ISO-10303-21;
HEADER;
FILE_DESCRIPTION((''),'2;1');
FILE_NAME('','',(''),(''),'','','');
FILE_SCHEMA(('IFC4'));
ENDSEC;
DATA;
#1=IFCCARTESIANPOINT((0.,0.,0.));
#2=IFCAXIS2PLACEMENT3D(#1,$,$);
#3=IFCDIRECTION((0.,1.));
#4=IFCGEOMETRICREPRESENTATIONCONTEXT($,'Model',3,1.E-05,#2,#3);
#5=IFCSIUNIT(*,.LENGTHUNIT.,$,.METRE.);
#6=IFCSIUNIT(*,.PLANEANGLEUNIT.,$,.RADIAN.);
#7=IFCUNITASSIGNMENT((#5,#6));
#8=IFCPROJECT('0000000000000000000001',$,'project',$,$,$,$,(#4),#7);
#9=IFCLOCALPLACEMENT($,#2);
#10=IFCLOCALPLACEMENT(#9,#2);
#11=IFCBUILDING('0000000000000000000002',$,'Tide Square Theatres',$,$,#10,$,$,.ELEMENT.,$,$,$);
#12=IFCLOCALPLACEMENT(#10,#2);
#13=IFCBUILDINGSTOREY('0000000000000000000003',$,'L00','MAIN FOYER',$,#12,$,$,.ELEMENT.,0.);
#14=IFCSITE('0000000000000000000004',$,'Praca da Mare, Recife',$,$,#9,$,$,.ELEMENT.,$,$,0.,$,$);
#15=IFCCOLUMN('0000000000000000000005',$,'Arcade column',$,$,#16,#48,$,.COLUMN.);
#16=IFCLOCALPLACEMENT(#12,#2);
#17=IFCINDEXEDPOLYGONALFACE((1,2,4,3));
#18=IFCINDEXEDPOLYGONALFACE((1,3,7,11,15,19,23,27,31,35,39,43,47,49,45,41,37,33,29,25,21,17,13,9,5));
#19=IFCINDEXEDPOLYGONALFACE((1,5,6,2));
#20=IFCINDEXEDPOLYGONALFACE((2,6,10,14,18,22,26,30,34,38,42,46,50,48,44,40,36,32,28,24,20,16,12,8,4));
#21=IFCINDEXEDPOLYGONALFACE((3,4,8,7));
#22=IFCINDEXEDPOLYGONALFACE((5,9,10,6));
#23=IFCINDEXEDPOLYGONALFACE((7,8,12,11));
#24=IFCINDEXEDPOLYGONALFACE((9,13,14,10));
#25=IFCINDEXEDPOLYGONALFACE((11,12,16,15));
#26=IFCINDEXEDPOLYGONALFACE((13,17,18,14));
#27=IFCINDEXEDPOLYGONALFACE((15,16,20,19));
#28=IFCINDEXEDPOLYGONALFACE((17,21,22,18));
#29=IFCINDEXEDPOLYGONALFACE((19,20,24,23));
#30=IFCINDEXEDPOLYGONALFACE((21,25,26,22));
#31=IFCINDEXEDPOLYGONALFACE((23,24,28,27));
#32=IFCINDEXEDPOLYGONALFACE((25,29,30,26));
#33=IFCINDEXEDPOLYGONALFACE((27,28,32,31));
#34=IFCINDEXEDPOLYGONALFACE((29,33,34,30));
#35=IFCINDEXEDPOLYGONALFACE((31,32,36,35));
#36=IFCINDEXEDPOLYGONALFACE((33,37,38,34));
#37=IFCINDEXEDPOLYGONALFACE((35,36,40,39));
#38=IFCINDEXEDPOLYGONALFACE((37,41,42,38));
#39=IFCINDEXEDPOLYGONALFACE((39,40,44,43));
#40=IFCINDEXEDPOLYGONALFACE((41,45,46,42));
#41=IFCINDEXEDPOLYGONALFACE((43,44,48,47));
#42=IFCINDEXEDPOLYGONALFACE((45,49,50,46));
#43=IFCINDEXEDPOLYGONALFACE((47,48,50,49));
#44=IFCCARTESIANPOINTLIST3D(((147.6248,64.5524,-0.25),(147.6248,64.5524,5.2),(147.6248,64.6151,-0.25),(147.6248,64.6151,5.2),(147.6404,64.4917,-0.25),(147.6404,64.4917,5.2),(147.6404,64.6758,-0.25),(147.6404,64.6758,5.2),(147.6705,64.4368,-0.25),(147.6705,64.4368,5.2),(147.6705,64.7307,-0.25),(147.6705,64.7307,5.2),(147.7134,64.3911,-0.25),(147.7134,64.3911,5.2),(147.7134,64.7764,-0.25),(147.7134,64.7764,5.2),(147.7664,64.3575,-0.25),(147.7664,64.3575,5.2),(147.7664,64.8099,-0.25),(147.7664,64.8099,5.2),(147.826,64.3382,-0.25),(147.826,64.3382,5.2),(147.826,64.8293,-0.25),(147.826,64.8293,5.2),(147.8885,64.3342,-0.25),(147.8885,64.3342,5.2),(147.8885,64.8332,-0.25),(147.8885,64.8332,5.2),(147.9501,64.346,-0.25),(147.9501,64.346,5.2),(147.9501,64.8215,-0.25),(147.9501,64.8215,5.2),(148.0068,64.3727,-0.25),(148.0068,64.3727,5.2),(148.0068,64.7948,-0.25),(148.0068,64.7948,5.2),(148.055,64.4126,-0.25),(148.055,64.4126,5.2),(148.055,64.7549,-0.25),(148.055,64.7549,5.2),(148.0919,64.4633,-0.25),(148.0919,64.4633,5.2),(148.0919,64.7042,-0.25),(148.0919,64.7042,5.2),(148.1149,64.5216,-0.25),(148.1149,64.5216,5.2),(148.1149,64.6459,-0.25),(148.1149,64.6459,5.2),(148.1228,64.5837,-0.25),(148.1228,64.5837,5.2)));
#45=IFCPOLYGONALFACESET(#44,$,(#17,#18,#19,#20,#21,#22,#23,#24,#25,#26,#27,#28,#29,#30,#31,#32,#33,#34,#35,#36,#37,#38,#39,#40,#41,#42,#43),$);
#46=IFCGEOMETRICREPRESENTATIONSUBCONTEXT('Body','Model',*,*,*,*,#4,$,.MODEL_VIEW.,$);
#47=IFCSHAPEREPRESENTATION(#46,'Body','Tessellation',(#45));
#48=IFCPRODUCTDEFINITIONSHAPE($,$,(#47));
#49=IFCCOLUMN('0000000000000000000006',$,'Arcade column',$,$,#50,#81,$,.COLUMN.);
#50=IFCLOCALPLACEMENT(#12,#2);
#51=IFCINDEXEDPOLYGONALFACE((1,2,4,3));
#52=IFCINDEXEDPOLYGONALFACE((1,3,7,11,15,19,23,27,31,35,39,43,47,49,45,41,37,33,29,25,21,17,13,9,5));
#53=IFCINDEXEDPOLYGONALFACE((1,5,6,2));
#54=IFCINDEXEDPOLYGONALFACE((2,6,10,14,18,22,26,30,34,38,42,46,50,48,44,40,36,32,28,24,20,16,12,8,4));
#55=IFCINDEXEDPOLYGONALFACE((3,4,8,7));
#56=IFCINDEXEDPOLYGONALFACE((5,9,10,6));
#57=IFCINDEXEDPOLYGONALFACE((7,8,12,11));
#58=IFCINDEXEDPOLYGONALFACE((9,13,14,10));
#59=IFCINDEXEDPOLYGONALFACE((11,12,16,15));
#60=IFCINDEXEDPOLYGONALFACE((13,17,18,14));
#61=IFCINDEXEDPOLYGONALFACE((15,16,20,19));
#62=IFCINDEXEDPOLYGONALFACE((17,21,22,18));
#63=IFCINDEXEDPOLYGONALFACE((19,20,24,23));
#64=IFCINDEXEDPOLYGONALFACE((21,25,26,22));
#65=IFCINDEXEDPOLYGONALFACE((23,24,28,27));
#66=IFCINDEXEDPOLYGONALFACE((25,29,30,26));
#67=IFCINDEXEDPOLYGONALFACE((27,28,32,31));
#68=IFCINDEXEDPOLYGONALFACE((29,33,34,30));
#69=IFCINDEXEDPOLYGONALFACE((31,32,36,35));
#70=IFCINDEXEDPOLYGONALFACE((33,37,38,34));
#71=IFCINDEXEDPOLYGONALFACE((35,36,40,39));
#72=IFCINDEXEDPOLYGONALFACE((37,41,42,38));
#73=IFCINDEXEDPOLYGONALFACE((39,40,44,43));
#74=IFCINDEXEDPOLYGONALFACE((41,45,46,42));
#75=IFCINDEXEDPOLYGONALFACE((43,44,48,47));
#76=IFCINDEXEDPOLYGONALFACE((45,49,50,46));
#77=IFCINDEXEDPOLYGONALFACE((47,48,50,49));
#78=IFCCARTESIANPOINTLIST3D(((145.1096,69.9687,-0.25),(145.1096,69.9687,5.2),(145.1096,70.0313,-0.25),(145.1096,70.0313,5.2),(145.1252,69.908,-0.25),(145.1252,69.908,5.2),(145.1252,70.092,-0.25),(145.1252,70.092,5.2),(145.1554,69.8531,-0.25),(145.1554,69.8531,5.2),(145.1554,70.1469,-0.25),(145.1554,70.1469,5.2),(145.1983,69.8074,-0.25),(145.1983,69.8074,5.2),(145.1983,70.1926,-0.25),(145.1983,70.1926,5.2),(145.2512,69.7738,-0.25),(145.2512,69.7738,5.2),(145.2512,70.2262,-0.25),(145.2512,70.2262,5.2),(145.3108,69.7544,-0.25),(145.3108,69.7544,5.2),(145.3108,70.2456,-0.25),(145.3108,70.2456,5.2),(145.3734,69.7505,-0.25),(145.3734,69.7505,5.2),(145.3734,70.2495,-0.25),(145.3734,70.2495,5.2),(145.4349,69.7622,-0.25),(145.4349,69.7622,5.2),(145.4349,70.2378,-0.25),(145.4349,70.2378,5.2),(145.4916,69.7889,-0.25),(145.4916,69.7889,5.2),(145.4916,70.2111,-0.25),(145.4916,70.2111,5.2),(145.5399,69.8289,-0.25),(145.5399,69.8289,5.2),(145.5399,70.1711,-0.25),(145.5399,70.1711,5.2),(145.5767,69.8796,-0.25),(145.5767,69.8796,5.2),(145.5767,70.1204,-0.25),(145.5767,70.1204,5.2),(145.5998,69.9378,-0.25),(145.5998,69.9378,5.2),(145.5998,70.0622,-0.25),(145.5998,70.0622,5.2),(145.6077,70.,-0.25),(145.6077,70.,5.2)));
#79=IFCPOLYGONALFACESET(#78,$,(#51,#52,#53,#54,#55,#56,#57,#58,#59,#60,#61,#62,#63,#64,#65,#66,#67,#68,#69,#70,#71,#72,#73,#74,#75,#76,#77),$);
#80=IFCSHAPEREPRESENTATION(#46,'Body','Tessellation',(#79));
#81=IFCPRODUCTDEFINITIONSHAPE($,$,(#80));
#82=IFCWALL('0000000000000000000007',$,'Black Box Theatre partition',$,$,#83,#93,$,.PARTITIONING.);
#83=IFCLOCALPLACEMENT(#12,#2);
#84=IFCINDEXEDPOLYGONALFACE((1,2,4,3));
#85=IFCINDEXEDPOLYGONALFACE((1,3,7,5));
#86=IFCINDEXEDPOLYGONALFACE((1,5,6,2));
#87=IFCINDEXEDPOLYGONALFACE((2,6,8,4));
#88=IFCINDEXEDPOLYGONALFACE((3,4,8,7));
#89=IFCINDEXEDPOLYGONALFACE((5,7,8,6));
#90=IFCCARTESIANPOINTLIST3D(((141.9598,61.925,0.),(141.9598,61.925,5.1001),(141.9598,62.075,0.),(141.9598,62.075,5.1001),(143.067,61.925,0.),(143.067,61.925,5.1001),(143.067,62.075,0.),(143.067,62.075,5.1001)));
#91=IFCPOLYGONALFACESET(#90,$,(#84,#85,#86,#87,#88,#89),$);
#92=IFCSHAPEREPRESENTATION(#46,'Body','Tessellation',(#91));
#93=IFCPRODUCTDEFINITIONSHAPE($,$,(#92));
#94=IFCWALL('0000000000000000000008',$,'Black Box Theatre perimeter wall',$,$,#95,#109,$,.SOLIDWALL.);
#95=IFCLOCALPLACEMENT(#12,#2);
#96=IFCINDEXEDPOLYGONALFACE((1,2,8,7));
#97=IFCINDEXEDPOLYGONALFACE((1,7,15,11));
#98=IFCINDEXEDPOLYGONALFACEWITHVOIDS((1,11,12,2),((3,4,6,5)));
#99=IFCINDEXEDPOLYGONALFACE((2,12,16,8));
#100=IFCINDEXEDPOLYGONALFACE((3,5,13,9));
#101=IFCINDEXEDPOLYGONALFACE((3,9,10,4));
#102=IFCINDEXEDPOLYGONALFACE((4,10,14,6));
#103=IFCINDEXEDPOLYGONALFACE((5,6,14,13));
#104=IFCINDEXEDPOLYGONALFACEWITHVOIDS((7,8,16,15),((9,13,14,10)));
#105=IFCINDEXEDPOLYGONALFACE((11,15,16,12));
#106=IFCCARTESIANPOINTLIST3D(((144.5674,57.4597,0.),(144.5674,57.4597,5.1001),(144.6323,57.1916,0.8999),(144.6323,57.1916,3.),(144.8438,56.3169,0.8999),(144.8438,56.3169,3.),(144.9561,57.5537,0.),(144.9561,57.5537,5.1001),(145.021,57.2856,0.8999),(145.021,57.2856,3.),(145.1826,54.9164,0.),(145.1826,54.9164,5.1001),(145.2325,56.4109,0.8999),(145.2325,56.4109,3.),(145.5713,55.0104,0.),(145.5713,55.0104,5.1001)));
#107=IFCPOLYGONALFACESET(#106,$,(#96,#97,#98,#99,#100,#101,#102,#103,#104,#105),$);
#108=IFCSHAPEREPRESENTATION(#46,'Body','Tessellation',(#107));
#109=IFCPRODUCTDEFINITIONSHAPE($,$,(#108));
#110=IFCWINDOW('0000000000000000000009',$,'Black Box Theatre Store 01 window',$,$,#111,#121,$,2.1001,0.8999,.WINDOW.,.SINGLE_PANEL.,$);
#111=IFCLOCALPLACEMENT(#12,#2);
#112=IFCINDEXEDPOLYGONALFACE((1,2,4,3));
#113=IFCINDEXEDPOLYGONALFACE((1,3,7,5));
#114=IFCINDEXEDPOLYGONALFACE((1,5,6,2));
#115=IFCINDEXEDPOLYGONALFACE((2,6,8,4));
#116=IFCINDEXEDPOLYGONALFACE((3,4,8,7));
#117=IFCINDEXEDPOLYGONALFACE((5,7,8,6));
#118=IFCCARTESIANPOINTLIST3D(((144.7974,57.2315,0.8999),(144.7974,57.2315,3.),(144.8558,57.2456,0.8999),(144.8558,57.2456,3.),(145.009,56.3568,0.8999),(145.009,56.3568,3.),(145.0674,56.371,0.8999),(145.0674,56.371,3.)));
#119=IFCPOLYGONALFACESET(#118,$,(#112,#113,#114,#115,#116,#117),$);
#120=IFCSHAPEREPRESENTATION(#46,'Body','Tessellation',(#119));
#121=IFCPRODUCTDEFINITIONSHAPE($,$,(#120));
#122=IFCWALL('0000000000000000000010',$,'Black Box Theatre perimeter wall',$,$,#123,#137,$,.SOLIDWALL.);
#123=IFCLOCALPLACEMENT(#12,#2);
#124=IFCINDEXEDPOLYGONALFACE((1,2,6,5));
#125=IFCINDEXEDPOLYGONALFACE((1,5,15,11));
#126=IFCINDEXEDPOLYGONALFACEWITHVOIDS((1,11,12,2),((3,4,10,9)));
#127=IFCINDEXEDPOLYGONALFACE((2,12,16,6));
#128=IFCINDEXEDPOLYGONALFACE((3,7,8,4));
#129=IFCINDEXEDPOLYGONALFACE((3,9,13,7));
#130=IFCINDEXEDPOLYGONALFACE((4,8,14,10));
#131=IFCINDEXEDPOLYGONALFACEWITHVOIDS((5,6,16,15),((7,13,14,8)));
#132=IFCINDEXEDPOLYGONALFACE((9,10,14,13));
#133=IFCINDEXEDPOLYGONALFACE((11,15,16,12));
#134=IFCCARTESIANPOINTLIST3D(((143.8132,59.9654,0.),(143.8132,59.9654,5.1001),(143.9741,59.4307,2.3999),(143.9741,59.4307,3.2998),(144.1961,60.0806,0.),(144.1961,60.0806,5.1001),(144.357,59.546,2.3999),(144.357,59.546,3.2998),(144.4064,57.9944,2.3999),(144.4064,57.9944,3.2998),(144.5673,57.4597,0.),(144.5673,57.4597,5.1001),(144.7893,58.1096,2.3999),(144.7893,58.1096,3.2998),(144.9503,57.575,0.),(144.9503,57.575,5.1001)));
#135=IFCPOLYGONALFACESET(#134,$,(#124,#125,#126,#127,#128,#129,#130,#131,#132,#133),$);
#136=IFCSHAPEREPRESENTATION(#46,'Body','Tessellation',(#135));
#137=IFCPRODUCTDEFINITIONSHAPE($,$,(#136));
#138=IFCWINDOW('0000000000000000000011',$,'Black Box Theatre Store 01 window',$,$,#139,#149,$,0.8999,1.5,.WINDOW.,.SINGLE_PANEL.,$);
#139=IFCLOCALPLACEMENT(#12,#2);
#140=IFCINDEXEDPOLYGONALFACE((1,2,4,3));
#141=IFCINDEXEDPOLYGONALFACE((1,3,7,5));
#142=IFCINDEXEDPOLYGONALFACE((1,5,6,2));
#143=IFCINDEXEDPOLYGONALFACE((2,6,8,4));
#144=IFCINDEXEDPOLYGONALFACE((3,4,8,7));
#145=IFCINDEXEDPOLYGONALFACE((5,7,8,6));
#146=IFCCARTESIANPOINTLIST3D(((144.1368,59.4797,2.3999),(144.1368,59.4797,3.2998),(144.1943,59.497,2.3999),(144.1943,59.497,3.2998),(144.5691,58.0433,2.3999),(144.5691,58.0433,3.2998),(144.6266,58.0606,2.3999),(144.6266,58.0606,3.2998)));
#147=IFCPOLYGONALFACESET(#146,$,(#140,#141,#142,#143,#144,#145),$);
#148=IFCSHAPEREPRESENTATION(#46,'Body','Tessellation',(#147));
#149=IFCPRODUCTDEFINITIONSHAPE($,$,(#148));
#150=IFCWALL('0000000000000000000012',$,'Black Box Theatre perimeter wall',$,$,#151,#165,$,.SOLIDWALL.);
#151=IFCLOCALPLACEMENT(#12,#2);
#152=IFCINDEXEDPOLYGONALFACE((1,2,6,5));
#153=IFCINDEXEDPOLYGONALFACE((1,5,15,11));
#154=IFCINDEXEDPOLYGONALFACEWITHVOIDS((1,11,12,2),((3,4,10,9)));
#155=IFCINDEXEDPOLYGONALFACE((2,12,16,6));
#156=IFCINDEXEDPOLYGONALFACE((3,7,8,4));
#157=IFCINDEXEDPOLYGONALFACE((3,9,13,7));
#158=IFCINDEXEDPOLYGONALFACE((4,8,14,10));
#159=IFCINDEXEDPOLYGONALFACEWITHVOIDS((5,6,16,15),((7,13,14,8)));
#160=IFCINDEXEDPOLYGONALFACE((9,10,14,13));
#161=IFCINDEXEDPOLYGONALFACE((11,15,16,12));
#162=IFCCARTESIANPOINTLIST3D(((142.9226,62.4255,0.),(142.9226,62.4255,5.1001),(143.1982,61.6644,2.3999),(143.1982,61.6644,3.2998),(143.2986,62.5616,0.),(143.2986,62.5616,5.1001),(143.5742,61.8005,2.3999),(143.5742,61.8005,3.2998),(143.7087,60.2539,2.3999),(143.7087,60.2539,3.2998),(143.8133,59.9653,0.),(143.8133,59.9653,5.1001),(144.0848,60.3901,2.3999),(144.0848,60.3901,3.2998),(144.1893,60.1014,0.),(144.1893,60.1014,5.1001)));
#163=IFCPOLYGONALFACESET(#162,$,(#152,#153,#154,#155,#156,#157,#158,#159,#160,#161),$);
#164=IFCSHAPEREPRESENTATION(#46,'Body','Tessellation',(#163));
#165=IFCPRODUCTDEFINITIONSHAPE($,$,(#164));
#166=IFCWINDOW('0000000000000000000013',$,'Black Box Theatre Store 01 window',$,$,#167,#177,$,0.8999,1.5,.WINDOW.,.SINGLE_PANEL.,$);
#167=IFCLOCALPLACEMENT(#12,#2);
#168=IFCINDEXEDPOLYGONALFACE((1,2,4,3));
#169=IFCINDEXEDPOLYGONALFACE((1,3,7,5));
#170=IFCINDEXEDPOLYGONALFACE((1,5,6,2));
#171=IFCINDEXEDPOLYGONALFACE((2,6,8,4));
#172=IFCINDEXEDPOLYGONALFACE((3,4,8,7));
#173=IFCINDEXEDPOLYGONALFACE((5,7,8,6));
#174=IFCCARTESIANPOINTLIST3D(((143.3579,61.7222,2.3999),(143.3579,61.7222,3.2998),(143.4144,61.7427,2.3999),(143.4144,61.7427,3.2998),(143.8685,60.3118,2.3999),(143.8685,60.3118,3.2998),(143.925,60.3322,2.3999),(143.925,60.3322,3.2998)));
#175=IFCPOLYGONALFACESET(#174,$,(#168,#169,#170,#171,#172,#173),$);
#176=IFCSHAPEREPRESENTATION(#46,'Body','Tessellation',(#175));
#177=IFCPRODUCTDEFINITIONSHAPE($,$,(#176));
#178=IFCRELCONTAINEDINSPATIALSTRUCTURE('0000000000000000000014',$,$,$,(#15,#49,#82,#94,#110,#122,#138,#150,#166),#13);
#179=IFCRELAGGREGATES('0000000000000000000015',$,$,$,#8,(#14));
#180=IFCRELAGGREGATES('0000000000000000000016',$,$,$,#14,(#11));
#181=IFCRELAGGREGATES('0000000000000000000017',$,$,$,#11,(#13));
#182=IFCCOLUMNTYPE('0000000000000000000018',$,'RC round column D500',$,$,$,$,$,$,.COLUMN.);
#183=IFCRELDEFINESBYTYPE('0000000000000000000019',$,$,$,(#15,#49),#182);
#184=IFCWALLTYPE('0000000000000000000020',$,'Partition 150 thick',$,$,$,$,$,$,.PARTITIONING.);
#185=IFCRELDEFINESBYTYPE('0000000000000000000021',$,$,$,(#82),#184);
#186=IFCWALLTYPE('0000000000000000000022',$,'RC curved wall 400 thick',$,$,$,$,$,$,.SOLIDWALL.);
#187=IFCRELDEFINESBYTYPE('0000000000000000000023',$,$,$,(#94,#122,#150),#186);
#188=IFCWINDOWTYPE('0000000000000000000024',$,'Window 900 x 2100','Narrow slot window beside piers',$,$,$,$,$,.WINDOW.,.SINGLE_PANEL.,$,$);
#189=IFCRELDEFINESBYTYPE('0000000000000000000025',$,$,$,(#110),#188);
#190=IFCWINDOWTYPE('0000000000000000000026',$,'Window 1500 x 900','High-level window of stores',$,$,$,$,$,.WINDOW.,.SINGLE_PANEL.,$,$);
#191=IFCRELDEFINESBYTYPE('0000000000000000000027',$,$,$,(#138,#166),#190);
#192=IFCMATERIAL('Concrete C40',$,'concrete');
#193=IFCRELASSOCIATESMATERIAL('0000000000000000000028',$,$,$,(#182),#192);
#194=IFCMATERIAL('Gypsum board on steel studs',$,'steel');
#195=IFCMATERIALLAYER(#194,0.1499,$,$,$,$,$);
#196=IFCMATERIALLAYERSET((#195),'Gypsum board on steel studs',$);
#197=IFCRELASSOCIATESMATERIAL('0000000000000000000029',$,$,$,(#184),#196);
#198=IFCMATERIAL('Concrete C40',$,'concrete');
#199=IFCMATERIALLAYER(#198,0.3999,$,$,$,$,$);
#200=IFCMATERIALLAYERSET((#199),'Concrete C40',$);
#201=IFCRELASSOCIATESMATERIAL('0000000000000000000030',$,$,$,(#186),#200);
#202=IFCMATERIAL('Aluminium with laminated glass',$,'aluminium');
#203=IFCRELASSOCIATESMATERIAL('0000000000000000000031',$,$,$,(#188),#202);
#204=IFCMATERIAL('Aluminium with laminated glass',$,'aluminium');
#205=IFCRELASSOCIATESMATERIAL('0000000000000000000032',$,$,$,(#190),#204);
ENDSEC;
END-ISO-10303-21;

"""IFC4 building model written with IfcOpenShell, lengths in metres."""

from ifc_helpers import new_model, si_unit, direction, frame, frame_2d, origin, origin_2d, place, context, subcontext, project, spatial, rectangle, circle, extrude, material, layer, layer_set, material_profile, profile_set, type_object, element, fill, save


model = new_model("IFC4")

# Units and contexts
model_context = context("Model", 3, precision=1e-05, world=origin(), true_north=direction((0.0, 1.0)))
body_context = subcontext(model_context, "Body", "Model", "MODEL_VIEW")
ifc_project = project(units=[si_unit("LENGTHUNIT", "METRE"), si_unit("PLANEANGLEUNIT", "RADIAN")], contexts=[model_context])

# Site, building, storey
site_placement = place(None, origin())
site = spatial("IfcSite", under=ifc_project, at=site_placement, Name="Praca da Mare, Recife", CompositionType="ELEMENT", RefElevation=0.0)
building_placement = place(site_placement, origin())
building = spatial("IfcBuilding", under=site, at=building_placement, Name="Tide Square Theatres", CompositionType="ELEMENT")
storey_placement = place(building_placement, origin())
storey = spatial("IfcBuildingStorey", under=building, at=storey_placement, Name="L00", Description="MAIN FOYER", CompositionType="ELEMENT", Elevation=0.0)

# Columns
ifc_material_1 = material(Name="Concrete C40", Category="concrete")
ifc_material_profile_1 = material_profile(ifc_material_1, circle(Radius=0.25, at=origin_2d()))
ifc_profile_set_1 = profile_set([ifc_material_profile_1], Name="Concrete C40")
column_type_1 = type_object("IfcColumnType", Name="RC round column D500", PredefinedType="COLUMN", material=ifc_profile_set_1)
for number, where, z_axis, x_axis, name in (
    (1, (147.8728, 64.5837, -0.25), (0.0, 0.0, 1.0), (1.0, 0.0, 0.0), "Arcade column"),
    (2, (145.3577, 70.0, -0.25), (0.0, 0.0, 1.0), (1.0, 0.0, 0.0), "Arcade column"),
):
    element("IfcColumn", number, at=place(storey_placement, frame(where, z_axis=z_axis, x_axis=x_axis)), inside=storey, type_object=column_type_1, Name=name, PredefinedType="COLUMN", context=body_context, shape_type="SweptSolid", body=[
        extrude(circle(Radius=0.25, at=origin_2d()), origin(), (0.0, 0.0, 1.0), 5.45),
    ])

# Wall
ifc_material_2 = material(Name="Gypsum board on steel studs", Category="steel")
ifc_layer_1 = layer(ifc_material_2, 0.1499)
ifc_layer_set_1 = layer_set([ifc_layer_1], Name="Gypsum board on steel studs")
wall_type_1 = type_object("IfcWallType", Name="Partition 150 thick", PredefinedType="PARTITIONING", material=ifc_layer_set_1)
wall_1_placement = place(storey_placement, frame((143.0671, 62.0, 0.0), z_axis=(0.0, 0.0, 1.0), x_axis=(-1.0, 0.0, 0.0)))
element("IfcWall", 3, at=wall_1_placement, inside=storey, type_object=wall_type_1, Name="Black Box Theatre partition", PredefinedType="PARTITIONING", context=body_context, shape_type="SweptSolid", body=[
    extrude(rectangle(XDim=1.1072, YDim=0.1499, at=frame_2d((0.5537, 0.0))), origin(), (0.0, 0.0, 1.0), 5.1001),
])

# Walls, openings, windows
ifc_material_3 = material(Name="Concrete C40", Category="concrete")
ifc_layer_2 = layer(ifc_material_3, 0.3999)
ifc_layer_set_2 = layer_set([ifc_layer_2], Name="Concrete C40")
wall_type_2 = type_object("IfcWallType", Name="RC curved wall 400 thick", PredefinedType="SOLIDWALL", material=ifc_layer_set_2)
wall_2_placement = place(storey_placement, frame((145.377, 54.9634, 0.0), z_axis=(0.0, 0.0, 1.0), x_axis=(-0.235109, 0.971969, 0.0)))
wall_2 = element("IfcWall", 4, at=wall_2_placement, inside=storey, type_object=wall_type_2, Name="Black Box Theatre perimeter wall", PredefinedType="SOLIDWALL", context=body_context, shape_type="SweptSolid", body=[
    extrude(rectangle(XDim=2.6167, YDim=0.3999, at=frame_2d((1.3083, 0.0))), origin(), (0.0, 0.0, 1.0), 5.1001),
])
opening_1_placement = place(wall_2_placement, frame((1.4409, 0.0, 0.8999)))
opening_1 = element("IfcOpeningElement", 5, at=opening_1_placement, cuts=wall_2, PredefinedType="OPENING", context=body_context, shape_type="SweptSolid", body=[
    extrude(rectangle(XDim=0.8999, YDim=2.1001, at=frame_2d((0.45, 1.05))), frame((0.0, 0.21, 0.0), z_axis=(0.0, -1.0, 0.0), x_axis=(1.0, 0.0, 0.0)), (0.0, 0.0, 1.0), 0.4199),
])
ifc_material_4 = material(Name="Aluminium with laminated glass", Category="aluminium")
window_type_1 = type_object("IfcWindowType", Name="Window 900 x 2100", Description="Narrow slot window beside piers", PartitioningType="SINGLE_PANEL", PredefinedType="WINDOW", material=ifc_material_4)
window_1_placement = place(opening_1_placement, origin())
window_1 = element("IfcWindow", 6, at=window_1_placement, inside=storey, type_object=window_type_1, Name="Black Box Theatre Store 01 window", OverallHeight=2.1001, OverallWidth=0.8999, PartitioningType="SINGLE_PANEL", PredefinedType="WINDOW", context=body_context, shape_type="SweptSolid", body=[
    extrude(rectangle(XDim=0.8999, YDim=2.1001, at=frame_2d((0.45, 1.05))), frame((0.0, 0.03, 0.0), z_axis=(0.0, -1.0, 0.0), x_axis=(1.0, 0.0, 0.0)), (0.0, 0.0, 1.0), 0.0601),
])
fill(opening_1, window_1)
wall_3_placement = place(storey_placement, frame((144.7588, 57.5173, 0.0), z_axis=(0.0, 0.0, 1.0), x_axis=(-0.288212, 0.957567, 0.0)))
wall_3 = element("IfcWall", 7, at=wall_3_placement, inside=storey, type_object=wall_type_2, Name="Black Box Theatre perimeter wall", PredefinedType="SOLIDWALL", context=body_context, shape_type="SweptSolid", body=[
    extrude(rectangle(XDim=2.6167, YDim=0.3999, at=frame_2d((1.3083, 0.0))), origin(), (0.0, 0.0, 1.0), 5.1001),
])
opening_2_placement = place(wall_3_placement, frame((0.5583, 0.0, 2.3999)))
opening_2 = element("IfcOpeningElement", 8, at=opening_2_placement, cuts=wall_3, PredefinedType="OPENING", context=body_context, shape_type="SweptSolid", body=[
    extrude(rectangle(XDim=1.5, YDim=0.8999, at=frame_2d((0.75, 0.45))), frame((0.0, 0.21, 0.0), z_axis=(0.0, -1.0, 0.0), x_axis=(1.0, 0.0, 0.0)), (0.0, 0.0, 1.0), 0.4199),
])
ifc_material_5 = material(Name="Aluminium with laminated glass", Category="aluminium")
window_type_2 = type_object("IfcWindowType", Name="Window 1500 x 900", Description="High-level window of stores", PartitioningType="SINGLE_PANEL", PredefinedType="WINDOW", material=ifc_material_5)
window_2_placement = place(opening_2_placement, origin())
window_2 = element("IfcWindow", 9, at=window_2_placement, inside=storey, type_object=window_type_2, Name="Black Box Theatre Store 01 window", OverallHeight=0.8999, OverallWidth=1.5, PartitioningType="SINGLE_PANEL", PredefinedType="WINDOW", context=body_context, shape_type="SweptSolid", body=[
    extrude(rectangle(XDim=1.5, YDim=0.8999, at=frame_2d((0.75, 0.45))), frame((0.0, 0.03, 0.0), z_axis=(0.0, -1.0, 0.0), x_axis=(1.0, 0.0, 0.0)), (0.0, 0.0, 1.0), 0.0601),
])
fill(opening_2, window_2)
wall_4_placement = place(storey_placement, frame((144.0012, 60.0334, 0.0), z_axis=(0.0, 0.0, 1.0), x_axis=(-0.340394, 0.940283, 0.0)))
wall_4 = element("IfcWall", 10, at=wall_4_placement, inside=storey, type_object=wall_type_2, Name="Black Box Theatre perimeter wall", PredefinedType="SOLIDWALL", context=body_context, shape_type="SweptSolid", body=[
    extrude(rectangle(XDim=2.6165, YDim=0.3999, at=frame_2d((1.3081, 0.0))), origin(), (0.0, 0.0, 1.0), 5.1001),
])
opening_3_placement = place(wall_4_placement, frame((0.3069, 0.0, 2.3999)))
opening_3 = element("IfcOpeningElement", 11, at=opening_3_placement, cuts=wall_4, PredefinedType="OPENING", context=body_context, shape_type="SweptSolid", body=[
    extrude(rectangle(XDim=1.5, YDim=0.8999, at=frame_2d((0.75, 0.45))), frame((0.0, 0.21, 0.0), z_axis=(0.0, -1.0, 0.0), x_axis=(1.0, 0.0, 0.0)), (0.0, 0.0, 1.0), 0.4199),
])
window_3_placement = place(opening_3_placement, origin())
window_3 = element("IfcWindow", 12, at=window_3_placement, inside=storey, type_object=window_type_2, Name="Black Box Theatre Store 01 window", OverallHeight=0.8999, OverallWidth=1.5, PartitioningType="SINGLE_PANEL", PredefinedType="WINDOW", context=body_context, shape_type="SweptSolid", body=[
    extrude(rectangle(XDim=1.5, YDim=0.8999, at=frame_2d((0.75, 0.45))), frame((0.0, 0.03, 0.0), z_axis=(0.0, -1.0, 0.0), x_axis=(1.0, 0.0, 0.0)), (0.0, 0.0, 1.0), 0.0601),
])
fill(opening_3, window_3)

save(model, "model.ifc")
